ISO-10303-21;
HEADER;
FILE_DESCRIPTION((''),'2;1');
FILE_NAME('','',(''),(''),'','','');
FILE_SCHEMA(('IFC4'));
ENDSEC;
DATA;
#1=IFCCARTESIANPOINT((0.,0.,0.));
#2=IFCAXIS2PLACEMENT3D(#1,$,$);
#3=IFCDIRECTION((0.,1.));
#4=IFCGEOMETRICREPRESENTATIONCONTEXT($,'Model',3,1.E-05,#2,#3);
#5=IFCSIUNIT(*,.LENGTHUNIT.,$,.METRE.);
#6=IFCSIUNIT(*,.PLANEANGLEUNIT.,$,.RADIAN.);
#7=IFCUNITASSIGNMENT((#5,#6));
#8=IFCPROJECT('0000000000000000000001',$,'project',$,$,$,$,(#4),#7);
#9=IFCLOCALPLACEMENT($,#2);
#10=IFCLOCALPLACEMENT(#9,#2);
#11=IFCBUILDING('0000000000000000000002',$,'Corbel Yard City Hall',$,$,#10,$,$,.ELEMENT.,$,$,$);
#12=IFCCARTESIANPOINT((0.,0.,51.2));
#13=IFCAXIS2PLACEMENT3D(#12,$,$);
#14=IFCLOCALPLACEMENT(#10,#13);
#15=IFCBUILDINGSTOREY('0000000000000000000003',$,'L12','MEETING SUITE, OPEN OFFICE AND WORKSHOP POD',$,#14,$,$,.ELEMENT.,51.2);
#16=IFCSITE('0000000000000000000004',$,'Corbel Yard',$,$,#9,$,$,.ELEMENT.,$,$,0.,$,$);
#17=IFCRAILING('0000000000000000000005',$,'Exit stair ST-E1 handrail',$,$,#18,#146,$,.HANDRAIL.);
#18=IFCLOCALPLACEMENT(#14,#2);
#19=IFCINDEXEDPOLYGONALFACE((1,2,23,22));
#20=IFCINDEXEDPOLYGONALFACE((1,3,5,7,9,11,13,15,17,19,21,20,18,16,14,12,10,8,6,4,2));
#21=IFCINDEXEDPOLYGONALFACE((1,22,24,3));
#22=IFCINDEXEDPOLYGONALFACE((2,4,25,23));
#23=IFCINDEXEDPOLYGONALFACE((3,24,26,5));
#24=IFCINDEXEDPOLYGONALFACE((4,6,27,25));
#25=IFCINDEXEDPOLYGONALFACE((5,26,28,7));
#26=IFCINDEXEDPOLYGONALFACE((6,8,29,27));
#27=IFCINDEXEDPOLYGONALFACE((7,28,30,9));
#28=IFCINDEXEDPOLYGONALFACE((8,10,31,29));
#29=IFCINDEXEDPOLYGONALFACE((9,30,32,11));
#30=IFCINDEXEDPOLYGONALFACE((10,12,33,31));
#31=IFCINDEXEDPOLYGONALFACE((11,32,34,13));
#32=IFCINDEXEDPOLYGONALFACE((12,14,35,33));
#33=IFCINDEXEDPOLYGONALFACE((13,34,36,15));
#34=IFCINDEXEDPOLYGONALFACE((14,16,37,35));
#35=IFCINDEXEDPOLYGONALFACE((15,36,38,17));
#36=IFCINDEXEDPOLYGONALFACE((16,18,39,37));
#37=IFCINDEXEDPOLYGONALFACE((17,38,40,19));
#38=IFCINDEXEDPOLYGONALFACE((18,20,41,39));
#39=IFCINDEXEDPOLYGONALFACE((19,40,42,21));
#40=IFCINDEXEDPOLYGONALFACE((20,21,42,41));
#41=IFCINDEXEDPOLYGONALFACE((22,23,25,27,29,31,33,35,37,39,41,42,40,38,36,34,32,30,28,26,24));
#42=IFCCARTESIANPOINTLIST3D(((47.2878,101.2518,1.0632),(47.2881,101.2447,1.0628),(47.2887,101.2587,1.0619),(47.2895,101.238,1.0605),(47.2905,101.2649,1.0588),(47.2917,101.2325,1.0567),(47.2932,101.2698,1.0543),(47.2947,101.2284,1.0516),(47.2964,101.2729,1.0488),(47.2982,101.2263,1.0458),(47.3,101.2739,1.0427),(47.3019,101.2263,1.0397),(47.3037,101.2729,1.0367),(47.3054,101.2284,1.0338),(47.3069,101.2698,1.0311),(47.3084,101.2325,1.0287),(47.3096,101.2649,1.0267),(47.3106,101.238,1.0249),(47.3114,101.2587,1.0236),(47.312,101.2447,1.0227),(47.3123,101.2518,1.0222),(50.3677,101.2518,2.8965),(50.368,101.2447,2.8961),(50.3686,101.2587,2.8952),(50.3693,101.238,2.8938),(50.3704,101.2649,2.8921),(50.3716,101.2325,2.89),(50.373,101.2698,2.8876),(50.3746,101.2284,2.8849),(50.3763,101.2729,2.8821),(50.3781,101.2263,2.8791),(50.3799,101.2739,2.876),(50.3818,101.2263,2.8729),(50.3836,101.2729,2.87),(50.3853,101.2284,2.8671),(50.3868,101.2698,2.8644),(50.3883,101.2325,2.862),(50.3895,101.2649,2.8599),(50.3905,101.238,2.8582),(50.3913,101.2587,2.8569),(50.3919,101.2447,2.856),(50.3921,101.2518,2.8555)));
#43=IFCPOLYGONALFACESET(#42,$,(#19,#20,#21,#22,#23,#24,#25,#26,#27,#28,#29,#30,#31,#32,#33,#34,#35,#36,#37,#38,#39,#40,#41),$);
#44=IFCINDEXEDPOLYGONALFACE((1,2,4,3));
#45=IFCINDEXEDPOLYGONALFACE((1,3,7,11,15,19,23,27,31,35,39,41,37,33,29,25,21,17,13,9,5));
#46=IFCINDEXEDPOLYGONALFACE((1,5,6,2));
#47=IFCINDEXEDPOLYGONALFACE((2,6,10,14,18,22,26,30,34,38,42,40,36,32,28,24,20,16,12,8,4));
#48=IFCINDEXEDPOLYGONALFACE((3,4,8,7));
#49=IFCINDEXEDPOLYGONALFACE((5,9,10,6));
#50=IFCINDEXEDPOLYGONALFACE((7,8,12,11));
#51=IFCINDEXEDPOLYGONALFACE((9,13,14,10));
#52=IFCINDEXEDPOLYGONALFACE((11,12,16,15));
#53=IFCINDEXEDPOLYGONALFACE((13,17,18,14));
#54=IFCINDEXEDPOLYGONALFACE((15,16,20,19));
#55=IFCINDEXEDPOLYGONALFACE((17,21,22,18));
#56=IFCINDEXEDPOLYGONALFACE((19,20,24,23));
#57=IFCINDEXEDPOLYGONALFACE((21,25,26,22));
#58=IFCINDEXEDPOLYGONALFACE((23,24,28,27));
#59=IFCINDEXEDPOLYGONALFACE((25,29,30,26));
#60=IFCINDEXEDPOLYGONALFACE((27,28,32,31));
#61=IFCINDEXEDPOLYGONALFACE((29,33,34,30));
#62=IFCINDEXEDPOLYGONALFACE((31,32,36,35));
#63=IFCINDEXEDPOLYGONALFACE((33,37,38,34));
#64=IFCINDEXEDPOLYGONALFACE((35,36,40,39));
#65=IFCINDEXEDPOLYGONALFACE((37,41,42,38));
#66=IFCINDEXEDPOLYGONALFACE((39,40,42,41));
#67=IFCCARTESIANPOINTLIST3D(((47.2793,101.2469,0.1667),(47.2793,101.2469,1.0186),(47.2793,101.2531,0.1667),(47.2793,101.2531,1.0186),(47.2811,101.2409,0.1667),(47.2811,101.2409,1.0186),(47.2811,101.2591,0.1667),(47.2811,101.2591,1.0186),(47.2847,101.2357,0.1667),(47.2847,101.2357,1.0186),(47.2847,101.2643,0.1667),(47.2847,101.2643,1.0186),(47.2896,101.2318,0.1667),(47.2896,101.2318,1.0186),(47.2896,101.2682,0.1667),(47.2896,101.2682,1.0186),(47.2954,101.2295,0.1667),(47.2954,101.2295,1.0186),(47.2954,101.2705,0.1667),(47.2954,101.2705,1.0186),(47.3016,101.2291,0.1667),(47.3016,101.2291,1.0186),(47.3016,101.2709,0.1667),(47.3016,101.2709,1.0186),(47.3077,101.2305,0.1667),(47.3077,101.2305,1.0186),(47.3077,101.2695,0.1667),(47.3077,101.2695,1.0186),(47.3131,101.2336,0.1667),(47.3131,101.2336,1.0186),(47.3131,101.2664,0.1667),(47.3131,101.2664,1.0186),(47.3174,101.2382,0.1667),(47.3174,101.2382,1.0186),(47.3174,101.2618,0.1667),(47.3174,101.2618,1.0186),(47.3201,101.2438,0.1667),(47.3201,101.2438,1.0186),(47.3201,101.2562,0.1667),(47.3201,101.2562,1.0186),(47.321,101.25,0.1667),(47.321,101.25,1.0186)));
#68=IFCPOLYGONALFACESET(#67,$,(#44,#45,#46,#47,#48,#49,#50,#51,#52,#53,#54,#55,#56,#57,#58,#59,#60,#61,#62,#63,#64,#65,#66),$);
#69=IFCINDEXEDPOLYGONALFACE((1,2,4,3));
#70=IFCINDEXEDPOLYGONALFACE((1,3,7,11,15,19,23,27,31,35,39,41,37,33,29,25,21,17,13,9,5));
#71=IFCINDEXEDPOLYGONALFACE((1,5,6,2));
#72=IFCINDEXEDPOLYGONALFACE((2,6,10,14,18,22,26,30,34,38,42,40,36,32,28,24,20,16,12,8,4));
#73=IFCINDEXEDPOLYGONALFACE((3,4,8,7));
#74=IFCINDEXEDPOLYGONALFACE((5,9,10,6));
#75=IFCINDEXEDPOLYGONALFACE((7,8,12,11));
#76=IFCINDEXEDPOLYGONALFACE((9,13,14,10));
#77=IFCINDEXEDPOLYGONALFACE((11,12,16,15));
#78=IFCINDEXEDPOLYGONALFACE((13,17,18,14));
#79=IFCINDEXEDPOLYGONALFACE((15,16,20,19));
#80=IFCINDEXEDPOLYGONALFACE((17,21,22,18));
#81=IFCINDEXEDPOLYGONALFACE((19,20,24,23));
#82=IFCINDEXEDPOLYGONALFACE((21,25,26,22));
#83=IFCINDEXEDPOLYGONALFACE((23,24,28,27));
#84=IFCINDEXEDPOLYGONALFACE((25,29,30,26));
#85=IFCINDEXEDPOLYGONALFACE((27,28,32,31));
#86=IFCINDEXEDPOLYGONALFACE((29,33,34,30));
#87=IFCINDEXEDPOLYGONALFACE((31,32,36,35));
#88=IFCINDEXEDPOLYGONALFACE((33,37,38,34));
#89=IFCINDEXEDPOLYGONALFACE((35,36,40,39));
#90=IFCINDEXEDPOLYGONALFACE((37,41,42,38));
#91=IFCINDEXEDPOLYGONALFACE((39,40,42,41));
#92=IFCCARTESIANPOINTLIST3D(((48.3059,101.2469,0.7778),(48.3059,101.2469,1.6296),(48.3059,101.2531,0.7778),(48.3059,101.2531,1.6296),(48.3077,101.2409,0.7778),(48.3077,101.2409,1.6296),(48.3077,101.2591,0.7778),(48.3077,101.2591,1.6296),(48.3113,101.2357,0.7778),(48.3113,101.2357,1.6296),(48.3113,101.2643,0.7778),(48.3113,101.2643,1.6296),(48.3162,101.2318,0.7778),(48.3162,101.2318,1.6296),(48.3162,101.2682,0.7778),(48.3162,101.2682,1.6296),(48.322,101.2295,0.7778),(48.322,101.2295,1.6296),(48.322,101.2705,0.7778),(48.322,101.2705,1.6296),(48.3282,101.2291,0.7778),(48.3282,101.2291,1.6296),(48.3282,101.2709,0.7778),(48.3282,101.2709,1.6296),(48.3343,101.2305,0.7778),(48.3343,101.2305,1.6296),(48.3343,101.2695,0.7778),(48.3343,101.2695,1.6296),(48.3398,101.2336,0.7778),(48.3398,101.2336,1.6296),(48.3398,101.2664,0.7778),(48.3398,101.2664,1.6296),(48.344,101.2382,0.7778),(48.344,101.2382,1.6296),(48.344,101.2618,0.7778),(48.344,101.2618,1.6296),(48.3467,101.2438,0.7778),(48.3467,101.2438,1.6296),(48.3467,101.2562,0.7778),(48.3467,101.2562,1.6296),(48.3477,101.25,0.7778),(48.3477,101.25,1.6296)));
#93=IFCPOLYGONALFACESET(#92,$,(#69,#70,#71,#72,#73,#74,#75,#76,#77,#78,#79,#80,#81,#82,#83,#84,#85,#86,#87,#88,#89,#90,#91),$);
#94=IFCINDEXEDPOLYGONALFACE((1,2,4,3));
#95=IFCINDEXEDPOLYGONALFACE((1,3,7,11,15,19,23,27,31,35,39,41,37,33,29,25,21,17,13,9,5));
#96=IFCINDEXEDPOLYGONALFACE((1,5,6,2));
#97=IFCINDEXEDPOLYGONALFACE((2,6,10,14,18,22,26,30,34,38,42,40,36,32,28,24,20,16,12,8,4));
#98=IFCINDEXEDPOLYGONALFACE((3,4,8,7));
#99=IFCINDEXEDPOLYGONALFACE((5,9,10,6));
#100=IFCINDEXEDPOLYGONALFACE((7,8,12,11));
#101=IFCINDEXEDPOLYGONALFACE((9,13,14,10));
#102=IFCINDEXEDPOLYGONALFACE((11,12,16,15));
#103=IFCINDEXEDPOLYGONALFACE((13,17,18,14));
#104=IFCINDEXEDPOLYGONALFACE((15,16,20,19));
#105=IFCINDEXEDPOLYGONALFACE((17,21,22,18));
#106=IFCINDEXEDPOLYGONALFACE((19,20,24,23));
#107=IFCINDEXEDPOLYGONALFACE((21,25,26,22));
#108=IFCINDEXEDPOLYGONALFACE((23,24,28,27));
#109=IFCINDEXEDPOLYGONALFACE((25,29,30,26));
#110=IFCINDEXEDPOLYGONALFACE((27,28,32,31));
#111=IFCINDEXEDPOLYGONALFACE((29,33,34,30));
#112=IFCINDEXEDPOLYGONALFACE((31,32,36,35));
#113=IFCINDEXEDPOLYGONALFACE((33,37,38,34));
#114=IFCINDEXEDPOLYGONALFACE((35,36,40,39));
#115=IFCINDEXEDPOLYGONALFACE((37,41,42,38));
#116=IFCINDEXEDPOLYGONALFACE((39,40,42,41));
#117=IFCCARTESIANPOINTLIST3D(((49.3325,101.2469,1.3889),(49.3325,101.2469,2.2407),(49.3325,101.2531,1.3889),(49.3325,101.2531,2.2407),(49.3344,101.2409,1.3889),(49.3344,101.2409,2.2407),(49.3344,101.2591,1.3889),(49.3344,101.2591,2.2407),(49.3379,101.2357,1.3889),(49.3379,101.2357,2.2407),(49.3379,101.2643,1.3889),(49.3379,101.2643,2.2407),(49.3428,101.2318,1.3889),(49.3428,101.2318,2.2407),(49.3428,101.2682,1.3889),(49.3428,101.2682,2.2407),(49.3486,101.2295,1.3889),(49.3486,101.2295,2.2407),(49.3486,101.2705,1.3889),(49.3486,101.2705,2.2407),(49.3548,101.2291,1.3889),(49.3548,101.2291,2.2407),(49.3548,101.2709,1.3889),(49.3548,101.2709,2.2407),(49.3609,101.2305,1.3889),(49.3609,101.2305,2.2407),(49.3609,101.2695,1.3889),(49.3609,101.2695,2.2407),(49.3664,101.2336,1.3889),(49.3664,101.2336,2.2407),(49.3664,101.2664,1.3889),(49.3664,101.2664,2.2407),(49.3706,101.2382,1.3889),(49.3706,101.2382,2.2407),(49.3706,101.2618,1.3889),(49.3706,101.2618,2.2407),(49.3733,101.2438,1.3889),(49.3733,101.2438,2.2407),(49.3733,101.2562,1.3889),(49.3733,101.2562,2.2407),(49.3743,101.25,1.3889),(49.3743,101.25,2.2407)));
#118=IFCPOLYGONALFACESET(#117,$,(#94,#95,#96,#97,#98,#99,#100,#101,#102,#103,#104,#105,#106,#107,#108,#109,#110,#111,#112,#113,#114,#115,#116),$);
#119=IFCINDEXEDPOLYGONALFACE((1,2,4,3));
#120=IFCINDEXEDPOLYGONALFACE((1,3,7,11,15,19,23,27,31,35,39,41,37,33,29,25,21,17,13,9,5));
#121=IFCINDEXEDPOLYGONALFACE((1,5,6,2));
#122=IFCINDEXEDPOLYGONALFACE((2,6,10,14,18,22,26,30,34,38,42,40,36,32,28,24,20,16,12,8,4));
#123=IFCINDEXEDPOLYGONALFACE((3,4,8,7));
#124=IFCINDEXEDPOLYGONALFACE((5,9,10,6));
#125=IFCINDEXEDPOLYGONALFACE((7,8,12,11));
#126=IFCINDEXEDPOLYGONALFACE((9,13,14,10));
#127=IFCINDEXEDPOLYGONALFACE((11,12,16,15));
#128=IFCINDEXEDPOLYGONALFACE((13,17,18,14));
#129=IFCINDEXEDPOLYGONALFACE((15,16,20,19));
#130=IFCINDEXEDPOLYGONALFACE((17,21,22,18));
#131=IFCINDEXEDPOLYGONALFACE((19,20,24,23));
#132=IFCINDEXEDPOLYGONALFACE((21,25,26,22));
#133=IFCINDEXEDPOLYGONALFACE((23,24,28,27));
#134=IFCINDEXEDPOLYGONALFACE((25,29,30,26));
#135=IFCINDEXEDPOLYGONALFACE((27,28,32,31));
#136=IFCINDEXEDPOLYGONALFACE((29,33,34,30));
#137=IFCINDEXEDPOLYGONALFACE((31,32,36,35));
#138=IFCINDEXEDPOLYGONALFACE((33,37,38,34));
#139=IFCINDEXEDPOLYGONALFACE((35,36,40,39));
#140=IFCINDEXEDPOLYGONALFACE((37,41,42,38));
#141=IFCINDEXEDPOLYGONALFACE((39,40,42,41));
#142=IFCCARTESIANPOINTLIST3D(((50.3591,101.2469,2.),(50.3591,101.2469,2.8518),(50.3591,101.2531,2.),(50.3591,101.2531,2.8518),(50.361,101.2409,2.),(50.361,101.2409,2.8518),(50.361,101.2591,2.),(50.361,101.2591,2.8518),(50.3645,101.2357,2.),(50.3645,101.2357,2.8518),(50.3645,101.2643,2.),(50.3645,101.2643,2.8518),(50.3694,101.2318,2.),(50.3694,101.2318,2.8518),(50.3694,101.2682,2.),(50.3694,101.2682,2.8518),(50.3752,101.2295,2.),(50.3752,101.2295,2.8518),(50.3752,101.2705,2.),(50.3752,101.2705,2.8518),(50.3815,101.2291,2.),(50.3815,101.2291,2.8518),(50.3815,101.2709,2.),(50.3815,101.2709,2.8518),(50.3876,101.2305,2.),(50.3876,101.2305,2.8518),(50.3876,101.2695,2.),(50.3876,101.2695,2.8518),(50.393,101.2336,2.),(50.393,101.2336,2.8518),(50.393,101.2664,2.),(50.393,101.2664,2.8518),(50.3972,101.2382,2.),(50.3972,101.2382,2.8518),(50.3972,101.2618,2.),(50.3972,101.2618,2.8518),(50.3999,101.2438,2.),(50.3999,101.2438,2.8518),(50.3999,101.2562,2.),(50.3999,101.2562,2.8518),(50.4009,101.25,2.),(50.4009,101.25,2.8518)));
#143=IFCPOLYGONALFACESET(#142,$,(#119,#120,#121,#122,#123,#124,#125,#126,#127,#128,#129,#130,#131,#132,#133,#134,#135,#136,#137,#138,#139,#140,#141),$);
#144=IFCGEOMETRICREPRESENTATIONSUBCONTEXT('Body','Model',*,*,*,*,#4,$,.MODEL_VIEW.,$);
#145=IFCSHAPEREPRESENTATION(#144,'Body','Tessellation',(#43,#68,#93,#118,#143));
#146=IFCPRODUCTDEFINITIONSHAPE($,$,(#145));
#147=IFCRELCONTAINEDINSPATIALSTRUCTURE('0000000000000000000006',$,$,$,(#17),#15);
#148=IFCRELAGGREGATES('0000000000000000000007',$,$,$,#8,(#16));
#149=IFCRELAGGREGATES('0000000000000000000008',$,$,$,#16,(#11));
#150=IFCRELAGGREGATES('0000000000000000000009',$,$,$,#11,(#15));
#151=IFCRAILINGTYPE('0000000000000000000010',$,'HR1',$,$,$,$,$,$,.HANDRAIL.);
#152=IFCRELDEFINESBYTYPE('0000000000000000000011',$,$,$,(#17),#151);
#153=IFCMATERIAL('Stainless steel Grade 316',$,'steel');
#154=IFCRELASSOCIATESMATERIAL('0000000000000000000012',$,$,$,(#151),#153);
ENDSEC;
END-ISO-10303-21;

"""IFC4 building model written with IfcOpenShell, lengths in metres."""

from ifc_helpers import new_model, si_unit, direction, frame, origin, origin_2d, place, context, subcontext, project, spatial, circle, extrude, material, type_object, element, save


model = new_model("IFC4")

# Units and contexts
model_context = context("Model", 3, precision=1e-05, world=origin(), true_north=direction((0.0, 1.0)))
body_context = subcontext(model_context, "Body", "Model", "MODEL_VIEW")
ifc_project = project(units=[si_unit("LENGTHUNIT", "METRE"), si_unit("PLANEANGLEUNIT", "RADIAN")], contexts=[model_context])

# Site, building, storey
site_placement = place(None, origin())
site = spatial("IfcSite", under=ifc_project, at=site_placement, Name="Corbel Yard", CompositionType="ELEMENT", RefElevation=0.0)
building_placement = place(site_placement, origin())
building = spatial("IfcBuilding", under=site, at=building_placement, Name="Corbel Yard City Hall", CompositionType="ELEMENT")
storey_placement = place(building_placement, frame((0.0, 0.0, 51.2)))
storey = spatial("IfcBuildingStorey", under=building, at=storey_placement, Name="L12", Description="MEETING SUITE, OPEN OFFICE AND WORKSHOP POD", CompositionType="ELEMENT", Elevation=51.2)

# Railing
ifc_material_1 = material(Name="Stainless steel Grade 316", Category="steel")
railing_type = type_object("IfcRailingType", Name="HR1", PredefinedType="HANDRAIL", material=ifc_material_1)
for number, where, name in (
    (1, (47.3, 101.25, 0.1667), "Exit stair ST-E1 handrail"),
):
    element("IfcRailing", number, at=place(storey_placement, frame(where)), inside=storey, type_object=railing_type, Name=name, PredefinedType="HANDRAIL", context=body_context, shape_type="SweptSolid", body=[
        extrude(circle(Radius=0.0239, at=origin_2d()), frame((0.0, 0.0, 0.876), z_axis=(0.859291, 0.0, 0.511487), x_axis=(0.0, 1.0, 0.0)), (0.0, 0.0, 1.0), 3.5842),
        extrude(circle(Radius=0.021, at=origin_2d()), origin(), (0.0, 0.0, 1.0), 0.8518),
        extrude(circle(Radius=0.021, at=origin_2d()), frame((1.0266, 0.0, 0.6111)), (0.0, 0.0, 1.0), 0.8518),
        extrude(circle(Radius=0.021, at=origin_2d()), frame((2.0532, 0.0, 1.2222)), (0.0, 0.0, 1.0), 0.8518),
        extrude(circle(Radius=0.021, at=origin_2d()), frame((3.0798, 0.0, 1.8333)), (0.0, 0.0, 1.0), 0.8518),
    ])

save(model, "model.ifc")
